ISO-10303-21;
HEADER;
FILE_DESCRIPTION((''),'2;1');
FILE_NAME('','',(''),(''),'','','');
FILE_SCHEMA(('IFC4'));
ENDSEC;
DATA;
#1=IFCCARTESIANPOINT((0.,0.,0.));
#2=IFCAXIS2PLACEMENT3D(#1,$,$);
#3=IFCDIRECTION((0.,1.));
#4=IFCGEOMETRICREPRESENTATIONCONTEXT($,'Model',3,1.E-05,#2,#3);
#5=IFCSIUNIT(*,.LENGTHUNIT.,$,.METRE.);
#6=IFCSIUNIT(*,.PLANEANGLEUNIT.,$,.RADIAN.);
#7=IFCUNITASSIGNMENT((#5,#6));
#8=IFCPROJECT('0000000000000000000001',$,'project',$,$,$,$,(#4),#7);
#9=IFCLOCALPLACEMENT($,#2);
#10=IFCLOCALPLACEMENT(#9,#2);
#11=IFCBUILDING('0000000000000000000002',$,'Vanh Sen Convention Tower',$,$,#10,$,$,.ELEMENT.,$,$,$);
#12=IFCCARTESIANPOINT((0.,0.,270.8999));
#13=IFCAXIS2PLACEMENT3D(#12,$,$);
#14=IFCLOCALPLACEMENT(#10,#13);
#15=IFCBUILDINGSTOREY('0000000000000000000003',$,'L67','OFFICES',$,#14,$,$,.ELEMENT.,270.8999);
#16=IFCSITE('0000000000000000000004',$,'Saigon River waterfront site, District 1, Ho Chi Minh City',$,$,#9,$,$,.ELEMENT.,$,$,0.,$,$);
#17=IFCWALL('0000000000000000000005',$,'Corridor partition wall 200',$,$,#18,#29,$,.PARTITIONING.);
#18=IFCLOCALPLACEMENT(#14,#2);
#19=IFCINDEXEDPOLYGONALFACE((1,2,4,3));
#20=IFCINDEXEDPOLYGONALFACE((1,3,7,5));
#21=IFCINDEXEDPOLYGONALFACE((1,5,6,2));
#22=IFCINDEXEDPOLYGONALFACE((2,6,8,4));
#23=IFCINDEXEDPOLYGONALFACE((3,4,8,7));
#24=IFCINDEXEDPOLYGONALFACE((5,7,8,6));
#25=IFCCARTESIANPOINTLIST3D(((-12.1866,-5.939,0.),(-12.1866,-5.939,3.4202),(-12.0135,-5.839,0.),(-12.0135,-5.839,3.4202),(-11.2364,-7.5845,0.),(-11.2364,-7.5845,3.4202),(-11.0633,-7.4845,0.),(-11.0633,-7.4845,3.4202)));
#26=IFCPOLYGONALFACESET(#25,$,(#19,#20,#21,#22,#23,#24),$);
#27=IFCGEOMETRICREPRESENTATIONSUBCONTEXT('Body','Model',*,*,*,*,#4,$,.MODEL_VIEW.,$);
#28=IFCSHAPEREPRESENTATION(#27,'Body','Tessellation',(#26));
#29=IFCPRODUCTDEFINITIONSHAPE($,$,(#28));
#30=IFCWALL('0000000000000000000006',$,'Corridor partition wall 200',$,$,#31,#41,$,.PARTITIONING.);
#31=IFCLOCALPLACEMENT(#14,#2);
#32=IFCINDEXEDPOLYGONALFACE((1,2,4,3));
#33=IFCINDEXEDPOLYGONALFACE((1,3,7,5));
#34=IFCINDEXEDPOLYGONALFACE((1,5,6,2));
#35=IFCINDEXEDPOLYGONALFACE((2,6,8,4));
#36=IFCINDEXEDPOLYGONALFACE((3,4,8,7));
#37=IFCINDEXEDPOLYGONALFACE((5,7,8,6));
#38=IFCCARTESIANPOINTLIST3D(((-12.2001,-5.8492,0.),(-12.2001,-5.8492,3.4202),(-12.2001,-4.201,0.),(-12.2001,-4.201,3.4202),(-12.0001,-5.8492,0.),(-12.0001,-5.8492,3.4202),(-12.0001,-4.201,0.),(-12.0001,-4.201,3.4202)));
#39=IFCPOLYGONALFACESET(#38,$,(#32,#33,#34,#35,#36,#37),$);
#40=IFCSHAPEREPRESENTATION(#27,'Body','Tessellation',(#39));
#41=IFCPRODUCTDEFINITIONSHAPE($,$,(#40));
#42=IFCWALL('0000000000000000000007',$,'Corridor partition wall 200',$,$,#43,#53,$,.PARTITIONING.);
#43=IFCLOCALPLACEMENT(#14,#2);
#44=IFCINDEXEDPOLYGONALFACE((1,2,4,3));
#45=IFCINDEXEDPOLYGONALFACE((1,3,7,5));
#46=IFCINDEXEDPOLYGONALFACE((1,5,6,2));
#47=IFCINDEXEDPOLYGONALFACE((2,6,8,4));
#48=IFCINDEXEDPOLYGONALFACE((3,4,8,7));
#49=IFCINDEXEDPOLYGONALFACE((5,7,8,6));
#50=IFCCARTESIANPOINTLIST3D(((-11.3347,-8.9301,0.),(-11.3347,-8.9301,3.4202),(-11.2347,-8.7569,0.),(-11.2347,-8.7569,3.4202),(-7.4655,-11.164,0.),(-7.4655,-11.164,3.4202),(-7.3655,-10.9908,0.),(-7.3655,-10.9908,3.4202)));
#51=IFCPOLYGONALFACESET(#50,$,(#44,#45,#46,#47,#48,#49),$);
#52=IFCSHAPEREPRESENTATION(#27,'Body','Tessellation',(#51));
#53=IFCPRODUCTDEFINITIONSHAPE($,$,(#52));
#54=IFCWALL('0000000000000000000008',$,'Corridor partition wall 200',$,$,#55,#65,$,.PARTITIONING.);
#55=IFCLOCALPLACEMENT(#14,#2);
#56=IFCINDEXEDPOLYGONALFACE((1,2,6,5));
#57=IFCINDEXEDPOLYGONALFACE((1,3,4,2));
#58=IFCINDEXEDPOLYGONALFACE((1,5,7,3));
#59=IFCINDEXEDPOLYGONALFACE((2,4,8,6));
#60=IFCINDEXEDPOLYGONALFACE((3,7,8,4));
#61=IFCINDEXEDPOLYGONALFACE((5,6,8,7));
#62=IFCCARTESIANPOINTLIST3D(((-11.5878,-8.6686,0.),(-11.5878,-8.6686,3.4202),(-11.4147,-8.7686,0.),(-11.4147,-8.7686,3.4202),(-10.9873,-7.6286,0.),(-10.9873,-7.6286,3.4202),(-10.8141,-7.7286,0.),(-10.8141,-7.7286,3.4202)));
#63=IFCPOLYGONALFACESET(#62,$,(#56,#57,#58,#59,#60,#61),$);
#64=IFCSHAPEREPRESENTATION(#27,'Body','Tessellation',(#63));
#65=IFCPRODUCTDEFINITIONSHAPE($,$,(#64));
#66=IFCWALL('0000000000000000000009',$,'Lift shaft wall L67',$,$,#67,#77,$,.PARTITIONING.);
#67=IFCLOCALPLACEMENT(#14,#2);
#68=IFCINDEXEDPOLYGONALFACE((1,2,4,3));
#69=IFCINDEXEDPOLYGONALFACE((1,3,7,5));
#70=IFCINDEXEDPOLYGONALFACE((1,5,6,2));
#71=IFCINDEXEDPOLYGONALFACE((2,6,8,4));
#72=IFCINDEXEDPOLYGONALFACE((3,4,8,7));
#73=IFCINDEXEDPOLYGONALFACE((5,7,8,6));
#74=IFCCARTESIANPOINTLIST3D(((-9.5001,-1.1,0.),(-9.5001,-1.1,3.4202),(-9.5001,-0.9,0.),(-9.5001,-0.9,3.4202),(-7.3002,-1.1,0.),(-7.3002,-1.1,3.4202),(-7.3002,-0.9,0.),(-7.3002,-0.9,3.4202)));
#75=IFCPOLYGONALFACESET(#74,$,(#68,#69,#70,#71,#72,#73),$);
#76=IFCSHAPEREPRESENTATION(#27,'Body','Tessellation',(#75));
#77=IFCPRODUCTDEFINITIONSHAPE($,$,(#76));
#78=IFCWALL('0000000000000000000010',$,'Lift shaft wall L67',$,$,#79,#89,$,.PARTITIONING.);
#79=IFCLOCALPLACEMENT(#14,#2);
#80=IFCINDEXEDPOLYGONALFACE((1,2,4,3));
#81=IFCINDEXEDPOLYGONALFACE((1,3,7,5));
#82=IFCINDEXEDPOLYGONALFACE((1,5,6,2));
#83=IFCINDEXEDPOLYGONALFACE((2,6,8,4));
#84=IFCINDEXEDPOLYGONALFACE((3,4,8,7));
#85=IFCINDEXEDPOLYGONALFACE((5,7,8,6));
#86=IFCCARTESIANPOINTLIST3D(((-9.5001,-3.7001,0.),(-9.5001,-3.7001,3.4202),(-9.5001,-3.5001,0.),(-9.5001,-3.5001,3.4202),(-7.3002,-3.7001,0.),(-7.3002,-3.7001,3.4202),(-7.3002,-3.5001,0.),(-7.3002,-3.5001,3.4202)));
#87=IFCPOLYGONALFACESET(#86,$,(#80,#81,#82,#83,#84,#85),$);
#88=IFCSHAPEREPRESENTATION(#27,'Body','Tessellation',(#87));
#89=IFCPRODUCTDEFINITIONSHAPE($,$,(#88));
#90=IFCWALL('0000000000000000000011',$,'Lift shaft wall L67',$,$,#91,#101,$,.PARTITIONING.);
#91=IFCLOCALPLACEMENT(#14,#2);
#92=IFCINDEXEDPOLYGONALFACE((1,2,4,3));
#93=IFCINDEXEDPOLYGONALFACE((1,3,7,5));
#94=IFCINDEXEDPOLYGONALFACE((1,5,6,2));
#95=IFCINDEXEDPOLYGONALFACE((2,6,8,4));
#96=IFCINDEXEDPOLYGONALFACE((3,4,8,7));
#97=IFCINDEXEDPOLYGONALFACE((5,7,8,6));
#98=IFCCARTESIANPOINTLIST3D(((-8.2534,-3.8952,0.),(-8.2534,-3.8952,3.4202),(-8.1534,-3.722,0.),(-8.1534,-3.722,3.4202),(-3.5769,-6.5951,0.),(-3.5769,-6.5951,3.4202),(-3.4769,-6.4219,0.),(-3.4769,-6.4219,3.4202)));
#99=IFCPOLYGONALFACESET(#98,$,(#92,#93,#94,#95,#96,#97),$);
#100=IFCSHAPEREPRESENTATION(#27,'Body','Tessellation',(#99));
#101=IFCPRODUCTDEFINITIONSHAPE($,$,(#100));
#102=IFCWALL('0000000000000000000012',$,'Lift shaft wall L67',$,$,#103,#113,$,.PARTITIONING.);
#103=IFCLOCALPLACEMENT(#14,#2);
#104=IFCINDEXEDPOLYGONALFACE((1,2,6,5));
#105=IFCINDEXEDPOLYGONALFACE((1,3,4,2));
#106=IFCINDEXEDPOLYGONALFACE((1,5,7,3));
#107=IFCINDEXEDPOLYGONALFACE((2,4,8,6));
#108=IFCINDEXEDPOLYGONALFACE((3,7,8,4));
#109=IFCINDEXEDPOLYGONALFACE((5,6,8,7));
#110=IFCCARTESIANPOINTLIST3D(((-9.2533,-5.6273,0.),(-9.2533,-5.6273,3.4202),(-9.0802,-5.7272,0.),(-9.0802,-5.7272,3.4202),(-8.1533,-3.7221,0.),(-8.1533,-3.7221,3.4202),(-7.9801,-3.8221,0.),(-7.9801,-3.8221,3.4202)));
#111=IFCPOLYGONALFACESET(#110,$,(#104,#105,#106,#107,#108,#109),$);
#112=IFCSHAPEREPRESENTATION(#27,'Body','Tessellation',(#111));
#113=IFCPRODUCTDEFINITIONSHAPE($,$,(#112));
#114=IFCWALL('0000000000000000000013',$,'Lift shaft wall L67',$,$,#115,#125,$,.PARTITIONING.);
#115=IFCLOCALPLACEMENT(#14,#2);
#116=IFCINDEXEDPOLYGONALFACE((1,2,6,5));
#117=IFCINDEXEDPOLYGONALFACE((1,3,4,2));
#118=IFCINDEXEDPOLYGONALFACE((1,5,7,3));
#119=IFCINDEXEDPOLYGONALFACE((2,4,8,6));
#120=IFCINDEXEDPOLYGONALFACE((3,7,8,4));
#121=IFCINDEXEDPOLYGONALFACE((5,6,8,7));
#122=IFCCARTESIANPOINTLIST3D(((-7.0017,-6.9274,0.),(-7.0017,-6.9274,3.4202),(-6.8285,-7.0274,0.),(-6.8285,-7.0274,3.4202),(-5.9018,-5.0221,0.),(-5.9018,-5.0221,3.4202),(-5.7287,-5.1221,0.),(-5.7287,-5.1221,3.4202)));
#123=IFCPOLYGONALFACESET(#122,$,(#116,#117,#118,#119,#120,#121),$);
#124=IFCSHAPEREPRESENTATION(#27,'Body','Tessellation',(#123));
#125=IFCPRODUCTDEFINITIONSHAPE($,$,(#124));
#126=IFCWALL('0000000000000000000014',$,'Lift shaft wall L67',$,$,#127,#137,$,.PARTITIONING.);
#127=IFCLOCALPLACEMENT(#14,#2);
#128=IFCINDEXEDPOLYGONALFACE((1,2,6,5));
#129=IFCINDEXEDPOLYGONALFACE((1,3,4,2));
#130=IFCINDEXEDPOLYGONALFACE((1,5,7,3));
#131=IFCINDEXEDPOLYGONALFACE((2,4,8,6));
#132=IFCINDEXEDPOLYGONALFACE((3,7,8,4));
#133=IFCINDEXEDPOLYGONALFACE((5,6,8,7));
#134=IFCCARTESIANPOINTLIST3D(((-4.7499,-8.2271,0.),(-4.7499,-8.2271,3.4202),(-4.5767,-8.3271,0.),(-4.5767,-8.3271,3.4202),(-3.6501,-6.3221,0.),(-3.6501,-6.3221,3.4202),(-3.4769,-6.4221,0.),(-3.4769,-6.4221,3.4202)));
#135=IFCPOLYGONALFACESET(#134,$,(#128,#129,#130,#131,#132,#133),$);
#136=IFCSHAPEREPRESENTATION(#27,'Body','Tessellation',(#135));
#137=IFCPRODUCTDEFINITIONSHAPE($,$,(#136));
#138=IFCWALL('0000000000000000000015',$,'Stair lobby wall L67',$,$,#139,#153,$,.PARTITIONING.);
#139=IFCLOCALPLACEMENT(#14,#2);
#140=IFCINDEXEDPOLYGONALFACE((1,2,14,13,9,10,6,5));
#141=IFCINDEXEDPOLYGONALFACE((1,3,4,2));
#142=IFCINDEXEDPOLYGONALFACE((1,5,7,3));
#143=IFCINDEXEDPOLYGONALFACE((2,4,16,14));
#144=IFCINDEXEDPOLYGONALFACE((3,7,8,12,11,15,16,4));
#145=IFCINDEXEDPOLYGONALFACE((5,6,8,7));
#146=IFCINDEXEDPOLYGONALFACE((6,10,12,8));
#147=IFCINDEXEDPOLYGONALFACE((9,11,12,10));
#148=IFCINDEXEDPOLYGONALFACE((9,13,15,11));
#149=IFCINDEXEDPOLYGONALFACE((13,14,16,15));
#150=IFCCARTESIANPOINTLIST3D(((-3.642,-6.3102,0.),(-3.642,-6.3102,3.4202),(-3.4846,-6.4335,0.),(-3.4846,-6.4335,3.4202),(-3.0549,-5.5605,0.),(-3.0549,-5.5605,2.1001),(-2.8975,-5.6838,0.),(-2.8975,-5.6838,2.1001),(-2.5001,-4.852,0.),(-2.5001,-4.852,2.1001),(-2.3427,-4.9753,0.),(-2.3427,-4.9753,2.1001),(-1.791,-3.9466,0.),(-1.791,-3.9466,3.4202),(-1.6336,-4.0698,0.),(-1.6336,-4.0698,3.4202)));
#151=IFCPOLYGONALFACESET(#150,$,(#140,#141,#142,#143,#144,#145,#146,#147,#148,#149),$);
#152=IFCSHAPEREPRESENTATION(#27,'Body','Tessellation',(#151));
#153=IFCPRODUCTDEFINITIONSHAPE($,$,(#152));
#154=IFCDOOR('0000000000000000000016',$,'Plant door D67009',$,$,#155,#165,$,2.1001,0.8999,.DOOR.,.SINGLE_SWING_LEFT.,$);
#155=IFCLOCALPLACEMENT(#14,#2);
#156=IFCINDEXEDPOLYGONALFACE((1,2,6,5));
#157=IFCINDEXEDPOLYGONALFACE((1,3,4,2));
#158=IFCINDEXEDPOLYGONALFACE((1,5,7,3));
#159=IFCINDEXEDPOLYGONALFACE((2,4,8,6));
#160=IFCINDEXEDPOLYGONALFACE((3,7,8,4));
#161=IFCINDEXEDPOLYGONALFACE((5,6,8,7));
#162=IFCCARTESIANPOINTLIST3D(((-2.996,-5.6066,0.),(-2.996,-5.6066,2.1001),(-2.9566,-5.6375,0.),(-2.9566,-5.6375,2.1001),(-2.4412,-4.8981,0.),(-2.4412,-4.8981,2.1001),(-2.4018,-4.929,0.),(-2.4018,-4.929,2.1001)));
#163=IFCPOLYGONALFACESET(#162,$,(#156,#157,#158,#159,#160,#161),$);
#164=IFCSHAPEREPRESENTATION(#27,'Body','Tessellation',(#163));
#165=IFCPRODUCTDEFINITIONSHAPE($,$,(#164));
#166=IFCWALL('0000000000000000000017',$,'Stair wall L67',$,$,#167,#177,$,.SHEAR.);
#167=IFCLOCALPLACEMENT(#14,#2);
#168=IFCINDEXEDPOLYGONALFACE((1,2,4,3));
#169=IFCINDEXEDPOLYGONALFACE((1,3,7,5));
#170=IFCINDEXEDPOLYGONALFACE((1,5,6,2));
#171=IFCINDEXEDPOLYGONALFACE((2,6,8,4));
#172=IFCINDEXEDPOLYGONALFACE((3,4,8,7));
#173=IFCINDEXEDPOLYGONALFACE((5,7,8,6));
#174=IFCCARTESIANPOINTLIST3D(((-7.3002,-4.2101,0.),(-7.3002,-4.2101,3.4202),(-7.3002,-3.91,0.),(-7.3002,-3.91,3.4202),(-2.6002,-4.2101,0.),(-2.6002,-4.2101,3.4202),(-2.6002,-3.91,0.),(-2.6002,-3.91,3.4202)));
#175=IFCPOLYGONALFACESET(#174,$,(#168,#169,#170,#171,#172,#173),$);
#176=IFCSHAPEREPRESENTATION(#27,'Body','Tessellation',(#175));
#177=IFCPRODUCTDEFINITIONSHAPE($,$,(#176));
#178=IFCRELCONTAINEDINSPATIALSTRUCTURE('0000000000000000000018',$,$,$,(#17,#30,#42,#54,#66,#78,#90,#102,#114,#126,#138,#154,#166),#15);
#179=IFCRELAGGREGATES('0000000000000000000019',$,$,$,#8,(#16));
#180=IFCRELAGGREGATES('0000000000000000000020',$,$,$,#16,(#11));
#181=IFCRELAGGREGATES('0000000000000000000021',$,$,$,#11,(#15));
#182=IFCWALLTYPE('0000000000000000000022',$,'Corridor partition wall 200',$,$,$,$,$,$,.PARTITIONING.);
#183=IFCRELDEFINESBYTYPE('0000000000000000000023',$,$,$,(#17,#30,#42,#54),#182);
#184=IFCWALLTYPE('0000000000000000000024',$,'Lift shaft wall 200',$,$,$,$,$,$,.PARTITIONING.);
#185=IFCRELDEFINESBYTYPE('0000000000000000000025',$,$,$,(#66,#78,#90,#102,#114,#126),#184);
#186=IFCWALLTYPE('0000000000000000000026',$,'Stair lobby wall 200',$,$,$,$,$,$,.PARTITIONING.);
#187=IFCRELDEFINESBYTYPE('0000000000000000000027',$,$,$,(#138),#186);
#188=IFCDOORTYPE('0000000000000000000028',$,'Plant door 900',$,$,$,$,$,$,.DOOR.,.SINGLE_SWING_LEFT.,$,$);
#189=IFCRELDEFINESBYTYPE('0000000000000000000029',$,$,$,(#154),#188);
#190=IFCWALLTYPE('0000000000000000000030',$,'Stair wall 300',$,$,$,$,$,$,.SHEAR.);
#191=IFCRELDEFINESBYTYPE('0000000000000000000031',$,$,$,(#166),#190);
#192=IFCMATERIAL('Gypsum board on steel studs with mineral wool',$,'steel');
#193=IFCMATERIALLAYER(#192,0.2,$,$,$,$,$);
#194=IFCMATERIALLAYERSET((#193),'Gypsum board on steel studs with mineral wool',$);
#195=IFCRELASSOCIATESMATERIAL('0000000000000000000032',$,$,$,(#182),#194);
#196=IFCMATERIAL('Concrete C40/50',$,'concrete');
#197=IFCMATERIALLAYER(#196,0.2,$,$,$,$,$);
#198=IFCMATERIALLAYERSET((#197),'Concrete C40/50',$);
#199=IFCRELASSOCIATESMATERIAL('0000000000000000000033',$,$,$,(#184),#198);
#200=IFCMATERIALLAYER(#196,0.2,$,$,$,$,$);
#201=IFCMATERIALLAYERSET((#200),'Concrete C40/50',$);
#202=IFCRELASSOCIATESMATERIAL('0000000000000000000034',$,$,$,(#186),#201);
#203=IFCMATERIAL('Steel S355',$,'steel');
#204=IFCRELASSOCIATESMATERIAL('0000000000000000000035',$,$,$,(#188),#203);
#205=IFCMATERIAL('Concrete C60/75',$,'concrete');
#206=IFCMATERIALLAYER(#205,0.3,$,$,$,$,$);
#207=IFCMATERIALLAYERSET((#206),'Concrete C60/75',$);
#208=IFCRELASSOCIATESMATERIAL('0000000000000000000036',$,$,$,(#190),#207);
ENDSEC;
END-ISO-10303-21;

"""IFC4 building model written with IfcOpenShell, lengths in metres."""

from ifc_helpers import new_model, si_unit, direction, frame, frame_2d, origin, place, context, subcontext, project, spatial, rectangle, extrude, material, layer, layer_set, type_object, element, fill, save


model = new_model("IFC4")

# Units and contexts
model_context = context("Model", 3, precision=1e-05, world=origin(), true_north=direction((0.0, 1.0)))
body_context = subcontext(model_context, "Body", "Model", "MODEL_VIEW")
ifc_project = project(units=[si_unit("LENGTHUNIT", "METRE"), si_unit("PLANEANGLEUNIT", "RADIAN")], contexts=[model_context])

# Site, building, storey
site_placement = place(None, origin())
site = spatial("IfcSite", under=ifc_project, at=site_placement, Name="Saigon River waterfront site, District 1, Ho Chi Minh City", CompositionType="ELEMENT", RefElevation=0.0)
building_placement = place(site_placement, origin())
building = spatial("IfcBuilding", under=site, at=building_placement, Name="Vanh Sen Convention Tower", CompositionType="ELEMENT")
storey_placement = place(building_placement, frame((0.0, 0.0, 270.8999)))
storey = spatial("IfcBuildingStorey", under=building, at=storey_placement, Name="L67", Description="OFFICES", CompositionType="ELEMENT", Elevation=270.8999)

# Shared definitions
ifc_material_1 = material(Name="Concrete C60/75", Category="concrete")
ifc_material_2 = material(Name="Steel S355", Category="steel")

# Walls
ifc_material_3 = material(Name="Gypsum board on steel studs with mineral wool", Category="steel")
ifc_layer_1 = layer(ifc_material_3, 0.2)
ifc_layer_set_1 = layer_set([ifc_layer_1], Name="Gypsum board on steel studs with mineral wool")
wall_type_1 = type_object("IfcWallType", Name="Corridor partition wall 200", PredefinedType="PARTITIONING", material=ifc_layer_set_1)
wall_1_placement = place(storey_placement, frame((-12.1001, -5.8889, 0.0), z_axis=(0.0, 0.0, 1.0), x_axis=(0.500064, -0.865989, 0.0)))
element("IfcWall", 1, at=wall_1_placement, inside=storey, type_object=wall_type_1, Name="Corridor partition wall 200", PredefinedType="PARTITIONING", context=body_context, shape_type="SweptSolid", body=[
    extrude(rectangle(XDim=1.9001, YDim=0.2, at=frame_2d((0.9502, 0.0))), origin(), (0.0, 0.0, 1.0), 3.4202),
])
wall_2_placement = place(storey_placement, frame((-12.1001, -4.2009, 0.0), z_axis=(0.0, 0.0, 1.0), x_axis=(0.0, -1.0, 0.0)))
element("IfcWall", 2, at=wall_2_placement, inside=storey, type_object=wall_type_1, Name="Corridor partition wall 200", PredefinedType="PARTITIONING", context=body_context, shape_type="SweptSolid", body=[
    extrude(rectangle(XDim=1.6482, YDim=0.2, at=frame_2d((0.8242, 0.0))), origin(), (0.0, 0.0, 1.0), 3.4202),
])
wall_3_placement = place(storey_placement, frame((-11.2847, -8.8435, 0.0), z_axis=(0.0, 0.0, 1.0), x_axis=(0.866022, -0.500006, 0.0)))
element("IfcWall", 3, at=wall_3_placement, inside=storey, type_object=wall_type_1, Name="Corridor partition wall 200", PredefinedType="PARTITIONING", context=body_context, shape_type="SweptSolid", body=[
    extrude(rectangle(XDim=4.4678, YDim=0.2, at=frame_2d((2.2339, 0.0))), origin(), (0.0, 0.0, 1.0), 3.4202),
])
wall_4_placement = place(storey_placement, frame((-10.9006, -7.6785, 0.0), z_axis=(0.0, 0.0, 1.0), x_axis=(-0.500074, -0.865982, 0.0)))
element("IfcWall", 4, at=wall_4_placement, inside=storey, type_object=wall_type_1, Name="Corridor partition wall 200", PredefinedType="PARTITIONING", context=body_context, shape_type="SweptSolid", body=[
    extrude(rectangle(XDim=1.2009, YDim=0.2, at=frame_2d((0.6006, 0.0))), origin(), (0.0, 0.0, 1.0), 3.4202),
])
ifc_material_4 = material(Name="Concrete C40/50", Category="concrete")
ifc_layer_2 = layer(ifc_material_4, 0.2)
ifc_layer_set_2 = layer_set([ifc_layer_2], Name="Concrete C40/50")
wall_type_2 = type_object("IfcWallType", Name="Lift shaft wall 200", PredefinedType="PARTITIONING", material=ifc_layer_set_2)
for number, where, z_axis, x_axis, name in (
    (5, (-7.3, -1.0, 0.0), (0.0, 0.0, 1.0), (-1.0, 0.0, 0.0), "Lift shaft wall L67"),
    (6, (-7.3, -3.6001, 0.0), (0.0, 0.0, 1.0), (-1.0, 0.0, 0.0), "Lift shaft wall L67"),
):
    element("IfcWall", number, at=place(storey_placement, frame(where, z_axis=z_axis, x_axis=x_axis)), inside=storey, type_object=wall_type_2, Name=name, PredefinedType="PARTITIONING", context=body_context, shape_type="SweptSolid", body=[
        extrude(rectangle(XDim=2.2, YDim=0.2, at=frame_2d((1.1001, 0.0))), origin(), (0.0, 0.0, 1.0), 3.4202),
    ])
wall_5_placement = place(storey_placement, frame((-8.2034, -3.8086, 0.0), z_axis=(0.0, 0.0, 1.0), x_axis=(0.866028, -0.499995, 0.0)))
element("IfcWall", 7, at=wall_5_placement, inside=storey, type_object=wall_type_2, Name="Lift shaft wall L67", PredefinedType="PARTITIONING", context=body_context, shape_type="SweptSolid", body=[
    extrude(rectangle(XDim=5.3999, YDim=0.2, at=frame_2d((2.7, 0.0))), origin(), (0.0, 0.0, 1.0), 3.4202),
])
for number, where, z_axis, x_axis, name in (
    (8, (-8.0667, -3.772, 0.0), (0.0, 0.0, 1.0), (-0.50003, -0.866008, 0.0), "Lift shaft wall L67"),
    (9, (-5.8152, -5.072, 0.0), (0.0, 0.0, 1.0), (-0.499947, -0.866056, 0.0), "Lift shaft wall L67"),
):
    element("IfcWall", number, at=place(storey_placement, frame(where, z_axis=z_axis, x_axis=x_axis)), inside=storey, type_object=wall_type_2, Name=name, PredefinedType="PARTITIONING", context=body_context, shape_type="SweptSolid", body=[
        extrude(rectangle(XDim=2.2, YDim=0.2, at=frame_2d((1.1001, 0.0))), origin(), (0.0, 0.0, 1.0), 3.4202),
    ])
wall_6_placement = place(storey_placement, frame((-3.5635, -6.3721, 0.0), z_axis=(0.0, 0.0, 1.0), x_axis=(-0.499995, -0.866028, 0.0)))
element("IfcWall", 10, at=wall_6_placement, inside=storey, type_object=wall_type_2, Name="Lift shaft wall L67", PredefinedType="PARTITIONING", context=body_context, shape_type="SweptSolid", body=[
    extrude(rectangle(XDim=2.1997, YDim=0.2, at=frame_2d((1.0999, 0.0))), origin(), (0.0, 0.0, 1.0), 3.4202),
])

# Wall, opening, door
ifc_layer_3 = layer(ifc_material_4, 0.2)
ifc_layer_set_3 = layer_set([ifc_layer_3], Name="Concrete C40/50")
wall_type_3 = type_object("IfcWallType", Name="Stair lobby wall 200", PredefinedType="PARTITIONING", material=ifc_layer_set_3)
wall_7_placement = place(storey_placement, frame((-1.7124, -4.0083, 0.0), z_axis=(0.0, 0.0, 1.0), x_axis=(-0.616549, -0.787316, 0.0)))
wall_7 = element("IfcWall", 11, at=wall_7_placement, inside=storey, type_object=wall_type_3, Name="Stair lobby wall L67", PredefinedType="PARTITIONING", context=body_context, shape_type="SweptSolid", body=[
    extrude(rectangle(XDim=3.0022, YDim=0.2, at=frame_2d((1.501, 0.0))), origin(), (0.0, 0.0, 1.0), 3.4202),
])
opening_1_placement = place(wall_7_placement, frame((1.1499, 0.0, 0.0)))
opening_1 = element("IfcOpeningElement", 12, at=opening_1_placement, cuts=wall_7, PredefinedType="OPENING", context=body_context, shape_type="SweptSolid", body=[
    extrude(rectangle(XDim=0.8999, YDim=2.1001, at=frame_2d((0.45, 1.05))), frame((0.0, 0.1099, 0.0), z_axis=(0.0, -1.0, 0.0), x_axis=(1.0, 0.0, 0.0)), (0.0, 0.0, 1.0), 0.22),
])
door_type_1 = type_object("IfcDoorType", Name="Plant door 900", OperationType="SINGLE_SWING_LEFT", PredefinedType="DOOR", material=ifc_material_2)
door_1_placement = place(opening_1_placement, origin())
door_1 = element("IfcDoor", 13, at=door_1_placement, inside=storey, type_object=door_type_1, Name="Plant door D67009", OperationType="SINGLE_SWING_LEFT", OverallHeight=2.1001, OverallWidth=0.8999, PredefinedType="DOOR", context=body_context, shape_type="SweptSolid", body=[
    extrude(rectangle(XDim=0.8999, YDim=2.1001, at=frame_2d((0.45, 1.05))), frame((0.0, 0.0249, 0.0), z_axis=(0.0, -1.0, 0.0), x_axis=(1.0, 0.0, 0.0)), (0.0, 0.0, 1.0), 0.05),
])
fill(opening_1, door_1)

# Wall
ifc_layer_4 = layer(ifc_material_1, 0.3)
ifc_layer_set_4 = layer_set([ifc_layer_4], Name="Concrete C60/75")
wall_type_4 = type_object("IfcWallType", Name="Stair wall 300", PredefinedType="SHEAR", material=ifc_layer_set_4)
wall_8_placement = place(storey_placement, frame((-2.6001, -4.0601, 0.0), z_axis=(0.0, 0.0, 1.0), x_axis=(-1.0, 0.0, 0.0)))
element("IfcWall", 14, at=wall_8_placement, inside=storey, type_object=wall_type_4, Name="Stair wall L67", PredefinedType="SHEAR", context=body_context, shape_type="SweptSolid", body=[
    extrude(rectangle(XDim=4.7, YDim=0.3, at=frame_2d((2.3501, 0.0))), origin(), (0.0, 0.0, 1.0), 3.4202),
])

save(model, "model.ifc")
